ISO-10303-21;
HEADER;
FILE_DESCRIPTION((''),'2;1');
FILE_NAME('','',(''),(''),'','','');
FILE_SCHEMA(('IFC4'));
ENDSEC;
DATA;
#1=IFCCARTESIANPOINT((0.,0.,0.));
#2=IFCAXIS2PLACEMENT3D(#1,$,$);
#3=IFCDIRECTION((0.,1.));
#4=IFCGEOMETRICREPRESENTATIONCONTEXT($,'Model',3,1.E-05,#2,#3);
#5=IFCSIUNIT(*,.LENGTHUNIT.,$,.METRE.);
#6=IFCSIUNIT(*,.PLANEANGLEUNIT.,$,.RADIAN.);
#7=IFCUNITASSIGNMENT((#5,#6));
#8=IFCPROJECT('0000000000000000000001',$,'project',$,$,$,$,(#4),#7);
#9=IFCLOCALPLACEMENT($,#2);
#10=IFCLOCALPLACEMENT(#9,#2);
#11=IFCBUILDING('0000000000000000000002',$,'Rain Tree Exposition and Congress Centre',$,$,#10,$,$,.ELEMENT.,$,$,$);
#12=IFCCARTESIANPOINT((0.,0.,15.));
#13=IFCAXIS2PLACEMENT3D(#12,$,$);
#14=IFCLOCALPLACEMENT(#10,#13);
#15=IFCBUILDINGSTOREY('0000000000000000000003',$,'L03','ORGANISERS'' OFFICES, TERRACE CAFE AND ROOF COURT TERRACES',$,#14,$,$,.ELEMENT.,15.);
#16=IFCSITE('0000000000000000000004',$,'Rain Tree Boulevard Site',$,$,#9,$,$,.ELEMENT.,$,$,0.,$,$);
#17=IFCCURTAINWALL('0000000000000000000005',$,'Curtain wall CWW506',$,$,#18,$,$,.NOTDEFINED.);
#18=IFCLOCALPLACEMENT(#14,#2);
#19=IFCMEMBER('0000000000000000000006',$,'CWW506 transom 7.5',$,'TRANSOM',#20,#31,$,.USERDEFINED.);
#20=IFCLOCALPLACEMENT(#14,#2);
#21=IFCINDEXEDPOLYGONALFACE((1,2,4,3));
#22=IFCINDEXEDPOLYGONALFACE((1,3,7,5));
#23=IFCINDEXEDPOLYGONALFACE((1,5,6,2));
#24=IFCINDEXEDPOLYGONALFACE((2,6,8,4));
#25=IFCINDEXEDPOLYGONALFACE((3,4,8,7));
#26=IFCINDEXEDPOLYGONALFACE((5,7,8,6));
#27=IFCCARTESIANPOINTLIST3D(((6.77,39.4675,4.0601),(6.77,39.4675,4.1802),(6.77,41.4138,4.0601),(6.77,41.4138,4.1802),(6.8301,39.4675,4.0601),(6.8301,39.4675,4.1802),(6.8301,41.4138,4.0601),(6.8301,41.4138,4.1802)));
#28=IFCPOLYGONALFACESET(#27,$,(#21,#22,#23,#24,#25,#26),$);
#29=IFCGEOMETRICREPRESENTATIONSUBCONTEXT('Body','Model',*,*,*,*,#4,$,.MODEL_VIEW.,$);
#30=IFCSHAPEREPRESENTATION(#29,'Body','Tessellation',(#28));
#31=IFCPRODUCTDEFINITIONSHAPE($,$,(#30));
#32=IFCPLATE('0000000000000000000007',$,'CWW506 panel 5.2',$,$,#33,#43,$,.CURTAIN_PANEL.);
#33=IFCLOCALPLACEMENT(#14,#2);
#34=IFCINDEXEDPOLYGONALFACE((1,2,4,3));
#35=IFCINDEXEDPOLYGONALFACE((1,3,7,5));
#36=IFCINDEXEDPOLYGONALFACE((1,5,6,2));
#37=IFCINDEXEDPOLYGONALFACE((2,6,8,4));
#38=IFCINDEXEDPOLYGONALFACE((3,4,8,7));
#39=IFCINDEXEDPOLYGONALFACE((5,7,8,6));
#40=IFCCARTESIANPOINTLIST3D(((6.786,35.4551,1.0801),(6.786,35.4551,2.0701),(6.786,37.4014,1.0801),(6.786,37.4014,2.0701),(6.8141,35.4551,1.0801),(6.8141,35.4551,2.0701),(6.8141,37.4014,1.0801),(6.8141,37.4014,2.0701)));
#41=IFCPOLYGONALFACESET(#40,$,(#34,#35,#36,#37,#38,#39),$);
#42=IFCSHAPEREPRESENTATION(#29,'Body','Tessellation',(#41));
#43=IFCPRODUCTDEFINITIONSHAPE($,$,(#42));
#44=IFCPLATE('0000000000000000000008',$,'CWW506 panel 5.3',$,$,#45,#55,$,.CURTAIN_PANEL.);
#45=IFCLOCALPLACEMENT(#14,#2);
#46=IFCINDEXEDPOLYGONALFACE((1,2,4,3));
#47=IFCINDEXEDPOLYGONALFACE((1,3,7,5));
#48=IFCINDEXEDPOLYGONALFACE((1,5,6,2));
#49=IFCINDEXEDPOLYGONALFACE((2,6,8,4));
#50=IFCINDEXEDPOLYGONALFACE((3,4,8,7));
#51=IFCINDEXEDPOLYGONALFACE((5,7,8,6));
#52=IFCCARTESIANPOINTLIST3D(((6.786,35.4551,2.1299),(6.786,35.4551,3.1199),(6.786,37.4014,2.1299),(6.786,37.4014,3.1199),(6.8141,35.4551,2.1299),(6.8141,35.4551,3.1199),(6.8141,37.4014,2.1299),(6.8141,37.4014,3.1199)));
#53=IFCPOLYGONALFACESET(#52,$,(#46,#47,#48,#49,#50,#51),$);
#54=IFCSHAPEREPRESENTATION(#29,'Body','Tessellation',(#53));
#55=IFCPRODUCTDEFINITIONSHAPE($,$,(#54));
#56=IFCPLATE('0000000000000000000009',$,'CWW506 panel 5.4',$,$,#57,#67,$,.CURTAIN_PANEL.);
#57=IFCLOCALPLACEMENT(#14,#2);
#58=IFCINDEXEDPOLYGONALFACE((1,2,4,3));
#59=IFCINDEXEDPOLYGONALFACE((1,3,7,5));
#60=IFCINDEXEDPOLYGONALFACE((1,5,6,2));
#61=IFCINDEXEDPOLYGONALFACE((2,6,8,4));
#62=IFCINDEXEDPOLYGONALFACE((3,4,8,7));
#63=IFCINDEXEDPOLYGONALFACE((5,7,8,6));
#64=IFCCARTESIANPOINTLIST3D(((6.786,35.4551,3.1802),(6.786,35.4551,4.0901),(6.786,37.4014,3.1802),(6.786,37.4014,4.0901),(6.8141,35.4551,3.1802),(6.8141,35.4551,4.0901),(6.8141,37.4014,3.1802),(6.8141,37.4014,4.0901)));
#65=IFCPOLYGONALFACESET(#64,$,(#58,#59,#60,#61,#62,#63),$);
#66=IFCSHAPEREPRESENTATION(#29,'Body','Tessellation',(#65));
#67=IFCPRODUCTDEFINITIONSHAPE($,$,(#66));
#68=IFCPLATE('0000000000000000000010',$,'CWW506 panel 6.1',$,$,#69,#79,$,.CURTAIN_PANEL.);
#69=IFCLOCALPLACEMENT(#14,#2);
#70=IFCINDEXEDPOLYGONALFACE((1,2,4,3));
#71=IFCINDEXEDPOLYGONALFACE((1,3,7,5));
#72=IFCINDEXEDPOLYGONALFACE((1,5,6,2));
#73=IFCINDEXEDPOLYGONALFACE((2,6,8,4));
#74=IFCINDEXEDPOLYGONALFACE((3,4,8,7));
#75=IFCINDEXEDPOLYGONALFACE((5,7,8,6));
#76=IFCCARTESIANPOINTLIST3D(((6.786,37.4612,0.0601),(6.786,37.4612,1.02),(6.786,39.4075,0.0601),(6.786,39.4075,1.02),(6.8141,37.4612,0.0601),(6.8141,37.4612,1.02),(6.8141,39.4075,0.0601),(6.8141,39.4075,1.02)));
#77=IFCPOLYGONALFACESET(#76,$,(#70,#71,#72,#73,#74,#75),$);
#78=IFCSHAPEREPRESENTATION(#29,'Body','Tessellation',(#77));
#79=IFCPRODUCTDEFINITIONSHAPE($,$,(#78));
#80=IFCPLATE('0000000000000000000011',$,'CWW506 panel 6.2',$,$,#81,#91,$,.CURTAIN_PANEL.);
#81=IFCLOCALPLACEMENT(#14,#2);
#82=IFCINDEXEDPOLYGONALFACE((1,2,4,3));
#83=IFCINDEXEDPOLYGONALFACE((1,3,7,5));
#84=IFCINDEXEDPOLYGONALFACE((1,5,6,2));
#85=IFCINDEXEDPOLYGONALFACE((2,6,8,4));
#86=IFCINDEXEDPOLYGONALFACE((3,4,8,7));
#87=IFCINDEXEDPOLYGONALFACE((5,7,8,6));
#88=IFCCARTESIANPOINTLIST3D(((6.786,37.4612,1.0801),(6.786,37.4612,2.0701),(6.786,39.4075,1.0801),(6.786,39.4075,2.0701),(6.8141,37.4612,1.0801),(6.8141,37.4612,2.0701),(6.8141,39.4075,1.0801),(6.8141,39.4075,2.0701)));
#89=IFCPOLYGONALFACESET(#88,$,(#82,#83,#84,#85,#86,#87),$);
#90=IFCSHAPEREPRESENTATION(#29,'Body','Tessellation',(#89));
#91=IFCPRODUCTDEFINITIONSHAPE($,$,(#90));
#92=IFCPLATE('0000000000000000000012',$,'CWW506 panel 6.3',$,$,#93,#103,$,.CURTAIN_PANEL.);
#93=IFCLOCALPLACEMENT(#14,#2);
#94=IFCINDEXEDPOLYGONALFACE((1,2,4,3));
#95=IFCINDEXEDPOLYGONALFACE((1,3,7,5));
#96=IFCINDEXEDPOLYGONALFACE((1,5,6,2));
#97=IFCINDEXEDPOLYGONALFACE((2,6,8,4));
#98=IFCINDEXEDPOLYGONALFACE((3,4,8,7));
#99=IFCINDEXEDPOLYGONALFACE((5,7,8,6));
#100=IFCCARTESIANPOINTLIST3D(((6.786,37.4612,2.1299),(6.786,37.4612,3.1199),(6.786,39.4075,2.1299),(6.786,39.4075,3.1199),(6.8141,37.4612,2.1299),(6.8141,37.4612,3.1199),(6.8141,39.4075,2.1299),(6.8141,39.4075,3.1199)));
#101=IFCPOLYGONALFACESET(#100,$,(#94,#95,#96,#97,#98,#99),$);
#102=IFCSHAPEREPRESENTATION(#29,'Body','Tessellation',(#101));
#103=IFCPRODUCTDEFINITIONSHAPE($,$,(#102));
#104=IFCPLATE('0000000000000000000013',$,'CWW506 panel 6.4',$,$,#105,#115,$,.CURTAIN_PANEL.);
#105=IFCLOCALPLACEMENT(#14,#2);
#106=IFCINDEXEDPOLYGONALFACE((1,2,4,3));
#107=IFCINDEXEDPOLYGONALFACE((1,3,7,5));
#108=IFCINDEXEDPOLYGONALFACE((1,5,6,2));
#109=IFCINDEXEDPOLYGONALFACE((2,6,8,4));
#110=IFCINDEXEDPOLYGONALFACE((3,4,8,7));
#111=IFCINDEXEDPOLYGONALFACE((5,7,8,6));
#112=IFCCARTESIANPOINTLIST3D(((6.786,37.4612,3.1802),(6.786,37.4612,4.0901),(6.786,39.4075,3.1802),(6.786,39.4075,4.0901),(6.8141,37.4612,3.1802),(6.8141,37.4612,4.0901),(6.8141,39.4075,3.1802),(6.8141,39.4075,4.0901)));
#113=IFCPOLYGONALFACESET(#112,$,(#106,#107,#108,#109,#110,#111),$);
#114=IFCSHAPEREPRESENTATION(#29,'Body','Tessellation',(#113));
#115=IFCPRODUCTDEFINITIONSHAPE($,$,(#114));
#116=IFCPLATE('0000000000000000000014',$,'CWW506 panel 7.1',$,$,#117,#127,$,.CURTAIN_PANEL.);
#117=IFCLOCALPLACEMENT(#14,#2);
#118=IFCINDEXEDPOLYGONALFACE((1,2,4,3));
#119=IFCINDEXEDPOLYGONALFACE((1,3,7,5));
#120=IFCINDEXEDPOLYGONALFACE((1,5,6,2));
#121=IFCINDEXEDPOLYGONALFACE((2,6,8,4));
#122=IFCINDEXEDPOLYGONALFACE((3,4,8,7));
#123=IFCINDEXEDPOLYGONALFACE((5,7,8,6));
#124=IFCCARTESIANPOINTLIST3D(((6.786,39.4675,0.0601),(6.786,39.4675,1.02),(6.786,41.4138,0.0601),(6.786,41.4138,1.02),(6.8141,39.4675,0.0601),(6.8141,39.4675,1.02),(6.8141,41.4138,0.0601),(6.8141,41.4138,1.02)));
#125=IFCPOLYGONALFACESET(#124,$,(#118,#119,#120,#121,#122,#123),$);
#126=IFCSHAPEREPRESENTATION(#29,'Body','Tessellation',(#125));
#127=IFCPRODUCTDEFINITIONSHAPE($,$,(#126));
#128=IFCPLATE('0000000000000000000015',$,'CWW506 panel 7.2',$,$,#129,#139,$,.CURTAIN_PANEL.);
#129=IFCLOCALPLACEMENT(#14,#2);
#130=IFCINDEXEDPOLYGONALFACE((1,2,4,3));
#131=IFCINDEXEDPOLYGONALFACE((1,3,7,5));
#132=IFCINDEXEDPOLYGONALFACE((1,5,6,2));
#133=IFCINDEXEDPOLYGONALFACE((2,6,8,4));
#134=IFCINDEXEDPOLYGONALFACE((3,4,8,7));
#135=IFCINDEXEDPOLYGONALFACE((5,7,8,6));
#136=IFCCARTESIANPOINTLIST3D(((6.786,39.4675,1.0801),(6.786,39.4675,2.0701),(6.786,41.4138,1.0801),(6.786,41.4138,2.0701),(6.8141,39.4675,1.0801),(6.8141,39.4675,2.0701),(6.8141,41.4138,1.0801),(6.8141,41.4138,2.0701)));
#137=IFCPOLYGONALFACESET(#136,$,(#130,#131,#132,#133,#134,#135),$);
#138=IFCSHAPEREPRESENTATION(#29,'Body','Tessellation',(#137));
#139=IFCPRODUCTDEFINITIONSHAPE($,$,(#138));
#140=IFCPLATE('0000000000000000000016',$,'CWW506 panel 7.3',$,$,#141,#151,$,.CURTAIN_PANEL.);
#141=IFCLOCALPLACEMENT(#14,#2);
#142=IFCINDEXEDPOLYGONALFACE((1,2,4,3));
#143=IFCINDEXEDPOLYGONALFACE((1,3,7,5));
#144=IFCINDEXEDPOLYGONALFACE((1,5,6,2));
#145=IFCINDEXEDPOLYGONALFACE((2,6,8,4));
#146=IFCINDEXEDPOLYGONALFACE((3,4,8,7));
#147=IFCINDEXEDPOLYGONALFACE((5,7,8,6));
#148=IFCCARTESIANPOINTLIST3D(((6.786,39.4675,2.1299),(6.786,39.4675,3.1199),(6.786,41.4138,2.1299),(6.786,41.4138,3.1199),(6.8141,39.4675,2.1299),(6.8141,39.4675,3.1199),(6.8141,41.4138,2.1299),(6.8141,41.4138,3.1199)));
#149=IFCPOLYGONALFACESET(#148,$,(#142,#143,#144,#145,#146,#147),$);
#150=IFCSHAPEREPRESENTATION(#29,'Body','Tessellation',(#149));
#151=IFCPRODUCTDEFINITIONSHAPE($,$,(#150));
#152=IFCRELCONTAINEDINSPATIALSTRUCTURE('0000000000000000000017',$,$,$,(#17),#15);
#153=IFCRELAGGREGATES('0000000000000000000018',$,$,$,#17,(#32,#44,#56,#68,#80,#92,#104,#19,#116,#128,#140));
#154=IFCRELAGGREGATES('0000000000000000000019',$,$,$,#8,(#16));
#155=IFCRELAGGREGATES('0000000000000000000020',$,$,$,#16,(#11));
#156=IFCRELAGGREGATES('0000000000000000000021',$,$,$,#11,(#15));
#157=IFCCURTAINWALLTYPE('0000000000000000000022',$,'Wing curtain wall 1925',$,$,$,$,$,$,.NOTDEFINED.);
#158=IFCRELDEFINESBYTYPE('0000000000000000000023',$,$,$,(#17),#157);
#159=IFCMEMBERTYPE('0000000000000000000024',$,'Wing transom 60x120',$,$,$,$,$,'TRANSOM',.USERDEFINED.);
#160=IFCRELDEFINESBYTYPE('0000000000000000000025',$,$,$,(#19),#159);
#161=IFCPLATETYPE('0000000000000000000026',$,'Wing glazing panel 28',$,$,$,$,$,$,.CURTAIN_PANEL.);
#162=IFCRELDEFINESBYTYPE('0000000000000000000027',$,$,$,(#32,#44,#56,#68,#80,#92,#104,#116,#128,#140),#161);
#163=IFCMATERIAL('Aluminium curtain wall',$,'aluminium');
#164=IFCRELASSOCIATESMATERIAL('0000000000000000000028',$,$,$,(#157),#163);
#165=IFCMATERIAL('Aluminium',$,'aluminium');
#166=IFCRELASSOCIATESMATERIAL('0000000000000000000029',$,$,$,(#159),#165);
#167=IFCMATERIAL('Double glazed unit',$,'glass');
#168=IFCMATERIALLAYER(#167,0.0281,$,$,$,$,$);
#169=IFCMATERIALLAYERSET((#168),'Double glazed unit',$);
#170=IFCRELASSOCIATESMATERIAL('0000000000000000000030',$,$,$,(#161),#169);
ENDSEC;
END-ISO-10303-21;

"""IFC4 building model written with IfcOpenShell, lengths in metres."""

from ifc_helpers import new_model, si_unit, direction, frame, origin, origin_2d, place, context, subcontext, project, spatial, rectangle, extrude, material, layer, layer_set, material_profile, profile_set, type_object, element, aggregate, save


model = new_model("IFC4")

# Units and contexts
model_context = context("Model", 3, precision=1e-05, world=origin(), true_north=direction((0.0, 1.0)))
body_context = subcontext(model_context, "Body", "Model", "MODEL_VIEW")
ifc_project = project(units=[si_unit("LENGTHUNIT", "METRE"), si_unit("PLANEANGLEUNIT", "RADIAN")], contexts=[model_context])

# Site, building, storey
site_placement = place(None, origin())
site = spatial("IfcSite", under=ifc_project, at=site_placement, Name="Rain Tree Boulevard Site", CompositionType="ELEMENT", RefElevation=0.0)
building_placement = place(site_placement, origin())
building = spatial("IfcBuilding", under=site, at=building_placement, Name="Rain Tree Exposition and Congress Centre", CompositionType="ELEMENT")
storey_placement = place(building_placement, frame((0.0, 0.0, 15.0)))
storey = spatial("IfcBuildingStorey", under=building, at=storey_placement, Name="L03", Description="ORGANISERS' OFFICES, TERRACE CAFE AND ROOF COURT TERRACES", CompositionType="ELEMENT", Elevation=15.0)

# Curtain wall
ifc_material_1 = material(Name="Aluminium curtain wall", Category="aluminium")
curtain_wall_type = type_object("IfcCurtainWallType", Name="Wing curtain wall 1925", PredefinedType="NOTDEFINED", material=ifc_material_1)
curtain_wall_1_placement = place(storey_placement, origin())
curtain_wall_1 = element("IfcCurtainWall", 1, at=curtain_wall_1_placement, inside=storey, type_object=curtain_wall_type, Name="Curtain wall CWW506", PredefinedType="NOTDEFINED")
ifc_material_2 = material(Name="Aluminium", Category="aluminium")
ifc_material_profile_1 = material_profile(ifc_material_2, rectangle(XDim=0.0601, YDim=0.1201, at=origin_2d()), Name="Aluminium 60x120")
ifc_profile_set_1 = profile_set([ifc_material_profile_1], Name="Aluminium")
member_type_1 = type_object("IfcMemberType", Name="Wing transom 60x120", ElementType="TRANSOM", PredefinedType="USERDEFINED", material=ifc_profile_set_1)

# Member
member_1_placement = place(storey_placement, frame((6.8, 39.4675, 4.1201), z_axis=(0.0, 1.0, 0.0), x_axis=(-1.0, 0.0, 0.0)))
member_1 = element("IfcMember", 2, at=member_1_placement, type_object=member_type_1, Name="CWW506 transom 7.5", ObjectType="TRANSOM", PredefinedType="USERDEFINED", context=body_context, shape_type="SweptSolid", body=[
    extrude(rectangle(XDim=0.0601, YDim=0.1201, at=origin_2d()), origin(), (0.0, 0.0, 1.0), 1.9463),
])

# Plates
ifc_material_3 = material(Name="Double glazed unit", Category="glass")
ifc_layer = layer(ifc_material_3, 0.0281)
ifc_layer_set = layer_set([ifc_layer], Name="Double glazed unit")
plate_type = type_object("IfcPlateType", Name="Wing glazing panel 28", PredefinedType="CURTAIN_PANEL", material=ifc_layer_set)
plate_1_placement = place(storey_placement, frame((6.8, 36.4282, 1.0801), z_axis=(0.0, 0.0, 1.0), x_axis=(0.0, 1.0, 0.0)))
plate_1 = element("IfcPlate", 3, at=plate_1_placement, type_object=plate_type, Name="CWW506 panel 5.2", PredefinedType="CURTAIN_PANEL", context=body_context, shape_type="SweptSolid", body=[
    extrude(rectangle(XDim=1.9463, YDim=0.0281, at=origin_2d()), origin(), (0.0, 0.0, 1.0), 0.99),
])
plate_2_placement = place(storey_placement, frame((6.8, 36.4282, 2.1299), z_axis=(0.0, 0.0, 1.0), x_axis=(0.0, 1.0, 0.0)))
plate_2 = element("IfcPlate", 4, at=plate_2_placement, type_object=plate_type, Name="CWW506 panel 5.3", PredefinedType="CURTAIN_PANEL", context=body_context, shape_type="SweptSolid", body=[
    extrude(rectangle(XDim=1.9463, YDim=0.0281, at=origin_2d()), origin(), (0.0, 0.0, 1.0), 0.99),
])
plate_3_placement = place(storey_placement, frame((6.8, 36.4282, 3.1802), z_axis=(0.0, 0.0, 1.0), x_axis=(0.0, 1.0, 0.0)))
plate_3 = element("IfcPlate", 5, at=plate_3_placement, type_object=plate_type, Name="CWW506 panel 5.4", PredefinedType="CURTAIN_PANEL", context=body_context, shape_type="SweptSolid", body=[
    extrude(rectangle(XDim=1.9463, YDim=0.0281, at=origin_2d()), origin(), (0.0, 0.0, 1.0), 0.9099),
])
plate_4_placement = place(storey_placement, frame((6.8, 38.4343, 0.0601), z_axis=(0.0, 0.0, 1.0), x_axis=(0.0, 1.0, 0.0)))
plate_4 = element("IfcPlate", 6, at=plate_4_placement, type_object=plate_type, Name="CWW506 panel 6.1", PredefinedType="CURTAIN_PANEL", context=body_context, shape_type="SweptSolid", body=[
    extrude(rectangle(XDim=1.9463, YDim=0.0281, at=origin_2d()), origin(), (0.0, 0.0, 1.0), 0.96),
])
plate_5_placement = place(storey_placement, frame((6.8, 38.4343, 1.0801), z_axis=(0.0, 0.0, 1.0), x_axis=(0.0, 1.0, 0.0)))
plate_5 = element("IfcPlate", 7, at=plate_5_placement, type_object=plate_type, Name="CWW506 panel 6.2", PredefinedType="CURTAIN_PANEL", context=body_context, shape_type="SweptSolid", body=[
    extrude(rectangle(XDim=1.9463, YDim=0.0281, at=origin_2d()), origin(), (0.0, 0.0, 1.0), 0.99),
])
plate_6_placement = place(storey_placement, frame((6.8, 38.4343, 2.1299), z_axis=(0.0, 0.0, 1.0), x_axis=(0.0, 1.0, 0.0)))
plate_6 = element("IfcPlate", 8, at=plate_6_placement, type_object=plate_type, Name="CWW506 panel 6.3", PredefinedType="CURTAIN_PANEL", context=body_context, shape_type="SweptSolid", body=[
    extrude(rectangle(XDim=1.9463, YDim=0.0281, at=origin_2d()), origin(), (0.0, 0.0, 1.0), 0.99),
])
plate_7_placement = place(storey_placement, frame((6.8, 38.4343, 3.1802), z_axis=(0.0, 0.0, 1.0), x_axis=(0.0, 1.0, 0.0)))
plate_7 = element("IfcPlate", 9, at=plate_7_placement, type_object=plate_type, Name="CWW506 panel 6.4", PredefinedType="CURTAIN_PANEL", context=body_context, shape_type="SweptSolid", body=[
    extrude(rectangle(XDim=1.9463, YDim=0.0281, at=origin_2d()), origin(), (0.0, 0.0, 1.0), 0.9099),
])
plate_8_placement = place(storey_placement, frame((6.8, 40.4407, 0.0601), z_axis=(0.0, 0.0, 1.0), x_axis=(0.0, 1.0, 0.0)))
plate_8 = element("IfcPlate", 10, at=plate_8_placement, type_object=plate_type, Name="CWW506 panel 7.1", PredefinedType="CURTAIN_PANEL", context=body_context, shape_type="SweptSolid", body=[
    extrude(rectangle(XDim=1.9463, YDim=0.0281, at=origin_2d()), origin(), (0.0, 0.0, 1.0), 0.96),
])
plate_9_placement = place(storey_placement, frame((6.8, 40.4407, 1.0801), z_axis=(0.0, 0.0, 1.0), x_axis=(0.0, 1.0, 0.0)))
plate_9 = element("IfcPlate", 11, at=plate_9_placement, type_object=plate_type, Name="CWW506 panel 7.2", PredefinedType="CURTAIN_PANEL", context=body_context, shape_type="SweptSolid", body=[
    extrude(rectangle(XDim=1.9463, YDim=0.0281, at=origin_2d()), origin(), (0.0, 0.0, 1.0), 0.99),
])
plate_10_placement = place(storey_placement, frame((6.8, 40.4407, 2.1299), z_axis=(0.0, 0.0, 1.0), x_axis=(0.0, 1.0, 0.0)))
plate_10 = element("IfcPlate", 12, at=plate_10_placement, type_object=plate_type, Name="CWW506 panel 7.3", PredefinedType="CURTAIN_PANEL", context=body_context, shape_type="SweptSolid", body=[
    extrude(rectangle(XDim=1.9463, YDim=0.0281, at=origin_2d()), origin(), (0.0, 0.0, 1.0), 0.99),
])
aggregate(curtain_wall_1, [plate_1, plate_2, plate_3, plate_4, plate_5, plate_6, plate_7, member_1, plate_8, plate_9, plate_10])

save(model, "model.ifc")
